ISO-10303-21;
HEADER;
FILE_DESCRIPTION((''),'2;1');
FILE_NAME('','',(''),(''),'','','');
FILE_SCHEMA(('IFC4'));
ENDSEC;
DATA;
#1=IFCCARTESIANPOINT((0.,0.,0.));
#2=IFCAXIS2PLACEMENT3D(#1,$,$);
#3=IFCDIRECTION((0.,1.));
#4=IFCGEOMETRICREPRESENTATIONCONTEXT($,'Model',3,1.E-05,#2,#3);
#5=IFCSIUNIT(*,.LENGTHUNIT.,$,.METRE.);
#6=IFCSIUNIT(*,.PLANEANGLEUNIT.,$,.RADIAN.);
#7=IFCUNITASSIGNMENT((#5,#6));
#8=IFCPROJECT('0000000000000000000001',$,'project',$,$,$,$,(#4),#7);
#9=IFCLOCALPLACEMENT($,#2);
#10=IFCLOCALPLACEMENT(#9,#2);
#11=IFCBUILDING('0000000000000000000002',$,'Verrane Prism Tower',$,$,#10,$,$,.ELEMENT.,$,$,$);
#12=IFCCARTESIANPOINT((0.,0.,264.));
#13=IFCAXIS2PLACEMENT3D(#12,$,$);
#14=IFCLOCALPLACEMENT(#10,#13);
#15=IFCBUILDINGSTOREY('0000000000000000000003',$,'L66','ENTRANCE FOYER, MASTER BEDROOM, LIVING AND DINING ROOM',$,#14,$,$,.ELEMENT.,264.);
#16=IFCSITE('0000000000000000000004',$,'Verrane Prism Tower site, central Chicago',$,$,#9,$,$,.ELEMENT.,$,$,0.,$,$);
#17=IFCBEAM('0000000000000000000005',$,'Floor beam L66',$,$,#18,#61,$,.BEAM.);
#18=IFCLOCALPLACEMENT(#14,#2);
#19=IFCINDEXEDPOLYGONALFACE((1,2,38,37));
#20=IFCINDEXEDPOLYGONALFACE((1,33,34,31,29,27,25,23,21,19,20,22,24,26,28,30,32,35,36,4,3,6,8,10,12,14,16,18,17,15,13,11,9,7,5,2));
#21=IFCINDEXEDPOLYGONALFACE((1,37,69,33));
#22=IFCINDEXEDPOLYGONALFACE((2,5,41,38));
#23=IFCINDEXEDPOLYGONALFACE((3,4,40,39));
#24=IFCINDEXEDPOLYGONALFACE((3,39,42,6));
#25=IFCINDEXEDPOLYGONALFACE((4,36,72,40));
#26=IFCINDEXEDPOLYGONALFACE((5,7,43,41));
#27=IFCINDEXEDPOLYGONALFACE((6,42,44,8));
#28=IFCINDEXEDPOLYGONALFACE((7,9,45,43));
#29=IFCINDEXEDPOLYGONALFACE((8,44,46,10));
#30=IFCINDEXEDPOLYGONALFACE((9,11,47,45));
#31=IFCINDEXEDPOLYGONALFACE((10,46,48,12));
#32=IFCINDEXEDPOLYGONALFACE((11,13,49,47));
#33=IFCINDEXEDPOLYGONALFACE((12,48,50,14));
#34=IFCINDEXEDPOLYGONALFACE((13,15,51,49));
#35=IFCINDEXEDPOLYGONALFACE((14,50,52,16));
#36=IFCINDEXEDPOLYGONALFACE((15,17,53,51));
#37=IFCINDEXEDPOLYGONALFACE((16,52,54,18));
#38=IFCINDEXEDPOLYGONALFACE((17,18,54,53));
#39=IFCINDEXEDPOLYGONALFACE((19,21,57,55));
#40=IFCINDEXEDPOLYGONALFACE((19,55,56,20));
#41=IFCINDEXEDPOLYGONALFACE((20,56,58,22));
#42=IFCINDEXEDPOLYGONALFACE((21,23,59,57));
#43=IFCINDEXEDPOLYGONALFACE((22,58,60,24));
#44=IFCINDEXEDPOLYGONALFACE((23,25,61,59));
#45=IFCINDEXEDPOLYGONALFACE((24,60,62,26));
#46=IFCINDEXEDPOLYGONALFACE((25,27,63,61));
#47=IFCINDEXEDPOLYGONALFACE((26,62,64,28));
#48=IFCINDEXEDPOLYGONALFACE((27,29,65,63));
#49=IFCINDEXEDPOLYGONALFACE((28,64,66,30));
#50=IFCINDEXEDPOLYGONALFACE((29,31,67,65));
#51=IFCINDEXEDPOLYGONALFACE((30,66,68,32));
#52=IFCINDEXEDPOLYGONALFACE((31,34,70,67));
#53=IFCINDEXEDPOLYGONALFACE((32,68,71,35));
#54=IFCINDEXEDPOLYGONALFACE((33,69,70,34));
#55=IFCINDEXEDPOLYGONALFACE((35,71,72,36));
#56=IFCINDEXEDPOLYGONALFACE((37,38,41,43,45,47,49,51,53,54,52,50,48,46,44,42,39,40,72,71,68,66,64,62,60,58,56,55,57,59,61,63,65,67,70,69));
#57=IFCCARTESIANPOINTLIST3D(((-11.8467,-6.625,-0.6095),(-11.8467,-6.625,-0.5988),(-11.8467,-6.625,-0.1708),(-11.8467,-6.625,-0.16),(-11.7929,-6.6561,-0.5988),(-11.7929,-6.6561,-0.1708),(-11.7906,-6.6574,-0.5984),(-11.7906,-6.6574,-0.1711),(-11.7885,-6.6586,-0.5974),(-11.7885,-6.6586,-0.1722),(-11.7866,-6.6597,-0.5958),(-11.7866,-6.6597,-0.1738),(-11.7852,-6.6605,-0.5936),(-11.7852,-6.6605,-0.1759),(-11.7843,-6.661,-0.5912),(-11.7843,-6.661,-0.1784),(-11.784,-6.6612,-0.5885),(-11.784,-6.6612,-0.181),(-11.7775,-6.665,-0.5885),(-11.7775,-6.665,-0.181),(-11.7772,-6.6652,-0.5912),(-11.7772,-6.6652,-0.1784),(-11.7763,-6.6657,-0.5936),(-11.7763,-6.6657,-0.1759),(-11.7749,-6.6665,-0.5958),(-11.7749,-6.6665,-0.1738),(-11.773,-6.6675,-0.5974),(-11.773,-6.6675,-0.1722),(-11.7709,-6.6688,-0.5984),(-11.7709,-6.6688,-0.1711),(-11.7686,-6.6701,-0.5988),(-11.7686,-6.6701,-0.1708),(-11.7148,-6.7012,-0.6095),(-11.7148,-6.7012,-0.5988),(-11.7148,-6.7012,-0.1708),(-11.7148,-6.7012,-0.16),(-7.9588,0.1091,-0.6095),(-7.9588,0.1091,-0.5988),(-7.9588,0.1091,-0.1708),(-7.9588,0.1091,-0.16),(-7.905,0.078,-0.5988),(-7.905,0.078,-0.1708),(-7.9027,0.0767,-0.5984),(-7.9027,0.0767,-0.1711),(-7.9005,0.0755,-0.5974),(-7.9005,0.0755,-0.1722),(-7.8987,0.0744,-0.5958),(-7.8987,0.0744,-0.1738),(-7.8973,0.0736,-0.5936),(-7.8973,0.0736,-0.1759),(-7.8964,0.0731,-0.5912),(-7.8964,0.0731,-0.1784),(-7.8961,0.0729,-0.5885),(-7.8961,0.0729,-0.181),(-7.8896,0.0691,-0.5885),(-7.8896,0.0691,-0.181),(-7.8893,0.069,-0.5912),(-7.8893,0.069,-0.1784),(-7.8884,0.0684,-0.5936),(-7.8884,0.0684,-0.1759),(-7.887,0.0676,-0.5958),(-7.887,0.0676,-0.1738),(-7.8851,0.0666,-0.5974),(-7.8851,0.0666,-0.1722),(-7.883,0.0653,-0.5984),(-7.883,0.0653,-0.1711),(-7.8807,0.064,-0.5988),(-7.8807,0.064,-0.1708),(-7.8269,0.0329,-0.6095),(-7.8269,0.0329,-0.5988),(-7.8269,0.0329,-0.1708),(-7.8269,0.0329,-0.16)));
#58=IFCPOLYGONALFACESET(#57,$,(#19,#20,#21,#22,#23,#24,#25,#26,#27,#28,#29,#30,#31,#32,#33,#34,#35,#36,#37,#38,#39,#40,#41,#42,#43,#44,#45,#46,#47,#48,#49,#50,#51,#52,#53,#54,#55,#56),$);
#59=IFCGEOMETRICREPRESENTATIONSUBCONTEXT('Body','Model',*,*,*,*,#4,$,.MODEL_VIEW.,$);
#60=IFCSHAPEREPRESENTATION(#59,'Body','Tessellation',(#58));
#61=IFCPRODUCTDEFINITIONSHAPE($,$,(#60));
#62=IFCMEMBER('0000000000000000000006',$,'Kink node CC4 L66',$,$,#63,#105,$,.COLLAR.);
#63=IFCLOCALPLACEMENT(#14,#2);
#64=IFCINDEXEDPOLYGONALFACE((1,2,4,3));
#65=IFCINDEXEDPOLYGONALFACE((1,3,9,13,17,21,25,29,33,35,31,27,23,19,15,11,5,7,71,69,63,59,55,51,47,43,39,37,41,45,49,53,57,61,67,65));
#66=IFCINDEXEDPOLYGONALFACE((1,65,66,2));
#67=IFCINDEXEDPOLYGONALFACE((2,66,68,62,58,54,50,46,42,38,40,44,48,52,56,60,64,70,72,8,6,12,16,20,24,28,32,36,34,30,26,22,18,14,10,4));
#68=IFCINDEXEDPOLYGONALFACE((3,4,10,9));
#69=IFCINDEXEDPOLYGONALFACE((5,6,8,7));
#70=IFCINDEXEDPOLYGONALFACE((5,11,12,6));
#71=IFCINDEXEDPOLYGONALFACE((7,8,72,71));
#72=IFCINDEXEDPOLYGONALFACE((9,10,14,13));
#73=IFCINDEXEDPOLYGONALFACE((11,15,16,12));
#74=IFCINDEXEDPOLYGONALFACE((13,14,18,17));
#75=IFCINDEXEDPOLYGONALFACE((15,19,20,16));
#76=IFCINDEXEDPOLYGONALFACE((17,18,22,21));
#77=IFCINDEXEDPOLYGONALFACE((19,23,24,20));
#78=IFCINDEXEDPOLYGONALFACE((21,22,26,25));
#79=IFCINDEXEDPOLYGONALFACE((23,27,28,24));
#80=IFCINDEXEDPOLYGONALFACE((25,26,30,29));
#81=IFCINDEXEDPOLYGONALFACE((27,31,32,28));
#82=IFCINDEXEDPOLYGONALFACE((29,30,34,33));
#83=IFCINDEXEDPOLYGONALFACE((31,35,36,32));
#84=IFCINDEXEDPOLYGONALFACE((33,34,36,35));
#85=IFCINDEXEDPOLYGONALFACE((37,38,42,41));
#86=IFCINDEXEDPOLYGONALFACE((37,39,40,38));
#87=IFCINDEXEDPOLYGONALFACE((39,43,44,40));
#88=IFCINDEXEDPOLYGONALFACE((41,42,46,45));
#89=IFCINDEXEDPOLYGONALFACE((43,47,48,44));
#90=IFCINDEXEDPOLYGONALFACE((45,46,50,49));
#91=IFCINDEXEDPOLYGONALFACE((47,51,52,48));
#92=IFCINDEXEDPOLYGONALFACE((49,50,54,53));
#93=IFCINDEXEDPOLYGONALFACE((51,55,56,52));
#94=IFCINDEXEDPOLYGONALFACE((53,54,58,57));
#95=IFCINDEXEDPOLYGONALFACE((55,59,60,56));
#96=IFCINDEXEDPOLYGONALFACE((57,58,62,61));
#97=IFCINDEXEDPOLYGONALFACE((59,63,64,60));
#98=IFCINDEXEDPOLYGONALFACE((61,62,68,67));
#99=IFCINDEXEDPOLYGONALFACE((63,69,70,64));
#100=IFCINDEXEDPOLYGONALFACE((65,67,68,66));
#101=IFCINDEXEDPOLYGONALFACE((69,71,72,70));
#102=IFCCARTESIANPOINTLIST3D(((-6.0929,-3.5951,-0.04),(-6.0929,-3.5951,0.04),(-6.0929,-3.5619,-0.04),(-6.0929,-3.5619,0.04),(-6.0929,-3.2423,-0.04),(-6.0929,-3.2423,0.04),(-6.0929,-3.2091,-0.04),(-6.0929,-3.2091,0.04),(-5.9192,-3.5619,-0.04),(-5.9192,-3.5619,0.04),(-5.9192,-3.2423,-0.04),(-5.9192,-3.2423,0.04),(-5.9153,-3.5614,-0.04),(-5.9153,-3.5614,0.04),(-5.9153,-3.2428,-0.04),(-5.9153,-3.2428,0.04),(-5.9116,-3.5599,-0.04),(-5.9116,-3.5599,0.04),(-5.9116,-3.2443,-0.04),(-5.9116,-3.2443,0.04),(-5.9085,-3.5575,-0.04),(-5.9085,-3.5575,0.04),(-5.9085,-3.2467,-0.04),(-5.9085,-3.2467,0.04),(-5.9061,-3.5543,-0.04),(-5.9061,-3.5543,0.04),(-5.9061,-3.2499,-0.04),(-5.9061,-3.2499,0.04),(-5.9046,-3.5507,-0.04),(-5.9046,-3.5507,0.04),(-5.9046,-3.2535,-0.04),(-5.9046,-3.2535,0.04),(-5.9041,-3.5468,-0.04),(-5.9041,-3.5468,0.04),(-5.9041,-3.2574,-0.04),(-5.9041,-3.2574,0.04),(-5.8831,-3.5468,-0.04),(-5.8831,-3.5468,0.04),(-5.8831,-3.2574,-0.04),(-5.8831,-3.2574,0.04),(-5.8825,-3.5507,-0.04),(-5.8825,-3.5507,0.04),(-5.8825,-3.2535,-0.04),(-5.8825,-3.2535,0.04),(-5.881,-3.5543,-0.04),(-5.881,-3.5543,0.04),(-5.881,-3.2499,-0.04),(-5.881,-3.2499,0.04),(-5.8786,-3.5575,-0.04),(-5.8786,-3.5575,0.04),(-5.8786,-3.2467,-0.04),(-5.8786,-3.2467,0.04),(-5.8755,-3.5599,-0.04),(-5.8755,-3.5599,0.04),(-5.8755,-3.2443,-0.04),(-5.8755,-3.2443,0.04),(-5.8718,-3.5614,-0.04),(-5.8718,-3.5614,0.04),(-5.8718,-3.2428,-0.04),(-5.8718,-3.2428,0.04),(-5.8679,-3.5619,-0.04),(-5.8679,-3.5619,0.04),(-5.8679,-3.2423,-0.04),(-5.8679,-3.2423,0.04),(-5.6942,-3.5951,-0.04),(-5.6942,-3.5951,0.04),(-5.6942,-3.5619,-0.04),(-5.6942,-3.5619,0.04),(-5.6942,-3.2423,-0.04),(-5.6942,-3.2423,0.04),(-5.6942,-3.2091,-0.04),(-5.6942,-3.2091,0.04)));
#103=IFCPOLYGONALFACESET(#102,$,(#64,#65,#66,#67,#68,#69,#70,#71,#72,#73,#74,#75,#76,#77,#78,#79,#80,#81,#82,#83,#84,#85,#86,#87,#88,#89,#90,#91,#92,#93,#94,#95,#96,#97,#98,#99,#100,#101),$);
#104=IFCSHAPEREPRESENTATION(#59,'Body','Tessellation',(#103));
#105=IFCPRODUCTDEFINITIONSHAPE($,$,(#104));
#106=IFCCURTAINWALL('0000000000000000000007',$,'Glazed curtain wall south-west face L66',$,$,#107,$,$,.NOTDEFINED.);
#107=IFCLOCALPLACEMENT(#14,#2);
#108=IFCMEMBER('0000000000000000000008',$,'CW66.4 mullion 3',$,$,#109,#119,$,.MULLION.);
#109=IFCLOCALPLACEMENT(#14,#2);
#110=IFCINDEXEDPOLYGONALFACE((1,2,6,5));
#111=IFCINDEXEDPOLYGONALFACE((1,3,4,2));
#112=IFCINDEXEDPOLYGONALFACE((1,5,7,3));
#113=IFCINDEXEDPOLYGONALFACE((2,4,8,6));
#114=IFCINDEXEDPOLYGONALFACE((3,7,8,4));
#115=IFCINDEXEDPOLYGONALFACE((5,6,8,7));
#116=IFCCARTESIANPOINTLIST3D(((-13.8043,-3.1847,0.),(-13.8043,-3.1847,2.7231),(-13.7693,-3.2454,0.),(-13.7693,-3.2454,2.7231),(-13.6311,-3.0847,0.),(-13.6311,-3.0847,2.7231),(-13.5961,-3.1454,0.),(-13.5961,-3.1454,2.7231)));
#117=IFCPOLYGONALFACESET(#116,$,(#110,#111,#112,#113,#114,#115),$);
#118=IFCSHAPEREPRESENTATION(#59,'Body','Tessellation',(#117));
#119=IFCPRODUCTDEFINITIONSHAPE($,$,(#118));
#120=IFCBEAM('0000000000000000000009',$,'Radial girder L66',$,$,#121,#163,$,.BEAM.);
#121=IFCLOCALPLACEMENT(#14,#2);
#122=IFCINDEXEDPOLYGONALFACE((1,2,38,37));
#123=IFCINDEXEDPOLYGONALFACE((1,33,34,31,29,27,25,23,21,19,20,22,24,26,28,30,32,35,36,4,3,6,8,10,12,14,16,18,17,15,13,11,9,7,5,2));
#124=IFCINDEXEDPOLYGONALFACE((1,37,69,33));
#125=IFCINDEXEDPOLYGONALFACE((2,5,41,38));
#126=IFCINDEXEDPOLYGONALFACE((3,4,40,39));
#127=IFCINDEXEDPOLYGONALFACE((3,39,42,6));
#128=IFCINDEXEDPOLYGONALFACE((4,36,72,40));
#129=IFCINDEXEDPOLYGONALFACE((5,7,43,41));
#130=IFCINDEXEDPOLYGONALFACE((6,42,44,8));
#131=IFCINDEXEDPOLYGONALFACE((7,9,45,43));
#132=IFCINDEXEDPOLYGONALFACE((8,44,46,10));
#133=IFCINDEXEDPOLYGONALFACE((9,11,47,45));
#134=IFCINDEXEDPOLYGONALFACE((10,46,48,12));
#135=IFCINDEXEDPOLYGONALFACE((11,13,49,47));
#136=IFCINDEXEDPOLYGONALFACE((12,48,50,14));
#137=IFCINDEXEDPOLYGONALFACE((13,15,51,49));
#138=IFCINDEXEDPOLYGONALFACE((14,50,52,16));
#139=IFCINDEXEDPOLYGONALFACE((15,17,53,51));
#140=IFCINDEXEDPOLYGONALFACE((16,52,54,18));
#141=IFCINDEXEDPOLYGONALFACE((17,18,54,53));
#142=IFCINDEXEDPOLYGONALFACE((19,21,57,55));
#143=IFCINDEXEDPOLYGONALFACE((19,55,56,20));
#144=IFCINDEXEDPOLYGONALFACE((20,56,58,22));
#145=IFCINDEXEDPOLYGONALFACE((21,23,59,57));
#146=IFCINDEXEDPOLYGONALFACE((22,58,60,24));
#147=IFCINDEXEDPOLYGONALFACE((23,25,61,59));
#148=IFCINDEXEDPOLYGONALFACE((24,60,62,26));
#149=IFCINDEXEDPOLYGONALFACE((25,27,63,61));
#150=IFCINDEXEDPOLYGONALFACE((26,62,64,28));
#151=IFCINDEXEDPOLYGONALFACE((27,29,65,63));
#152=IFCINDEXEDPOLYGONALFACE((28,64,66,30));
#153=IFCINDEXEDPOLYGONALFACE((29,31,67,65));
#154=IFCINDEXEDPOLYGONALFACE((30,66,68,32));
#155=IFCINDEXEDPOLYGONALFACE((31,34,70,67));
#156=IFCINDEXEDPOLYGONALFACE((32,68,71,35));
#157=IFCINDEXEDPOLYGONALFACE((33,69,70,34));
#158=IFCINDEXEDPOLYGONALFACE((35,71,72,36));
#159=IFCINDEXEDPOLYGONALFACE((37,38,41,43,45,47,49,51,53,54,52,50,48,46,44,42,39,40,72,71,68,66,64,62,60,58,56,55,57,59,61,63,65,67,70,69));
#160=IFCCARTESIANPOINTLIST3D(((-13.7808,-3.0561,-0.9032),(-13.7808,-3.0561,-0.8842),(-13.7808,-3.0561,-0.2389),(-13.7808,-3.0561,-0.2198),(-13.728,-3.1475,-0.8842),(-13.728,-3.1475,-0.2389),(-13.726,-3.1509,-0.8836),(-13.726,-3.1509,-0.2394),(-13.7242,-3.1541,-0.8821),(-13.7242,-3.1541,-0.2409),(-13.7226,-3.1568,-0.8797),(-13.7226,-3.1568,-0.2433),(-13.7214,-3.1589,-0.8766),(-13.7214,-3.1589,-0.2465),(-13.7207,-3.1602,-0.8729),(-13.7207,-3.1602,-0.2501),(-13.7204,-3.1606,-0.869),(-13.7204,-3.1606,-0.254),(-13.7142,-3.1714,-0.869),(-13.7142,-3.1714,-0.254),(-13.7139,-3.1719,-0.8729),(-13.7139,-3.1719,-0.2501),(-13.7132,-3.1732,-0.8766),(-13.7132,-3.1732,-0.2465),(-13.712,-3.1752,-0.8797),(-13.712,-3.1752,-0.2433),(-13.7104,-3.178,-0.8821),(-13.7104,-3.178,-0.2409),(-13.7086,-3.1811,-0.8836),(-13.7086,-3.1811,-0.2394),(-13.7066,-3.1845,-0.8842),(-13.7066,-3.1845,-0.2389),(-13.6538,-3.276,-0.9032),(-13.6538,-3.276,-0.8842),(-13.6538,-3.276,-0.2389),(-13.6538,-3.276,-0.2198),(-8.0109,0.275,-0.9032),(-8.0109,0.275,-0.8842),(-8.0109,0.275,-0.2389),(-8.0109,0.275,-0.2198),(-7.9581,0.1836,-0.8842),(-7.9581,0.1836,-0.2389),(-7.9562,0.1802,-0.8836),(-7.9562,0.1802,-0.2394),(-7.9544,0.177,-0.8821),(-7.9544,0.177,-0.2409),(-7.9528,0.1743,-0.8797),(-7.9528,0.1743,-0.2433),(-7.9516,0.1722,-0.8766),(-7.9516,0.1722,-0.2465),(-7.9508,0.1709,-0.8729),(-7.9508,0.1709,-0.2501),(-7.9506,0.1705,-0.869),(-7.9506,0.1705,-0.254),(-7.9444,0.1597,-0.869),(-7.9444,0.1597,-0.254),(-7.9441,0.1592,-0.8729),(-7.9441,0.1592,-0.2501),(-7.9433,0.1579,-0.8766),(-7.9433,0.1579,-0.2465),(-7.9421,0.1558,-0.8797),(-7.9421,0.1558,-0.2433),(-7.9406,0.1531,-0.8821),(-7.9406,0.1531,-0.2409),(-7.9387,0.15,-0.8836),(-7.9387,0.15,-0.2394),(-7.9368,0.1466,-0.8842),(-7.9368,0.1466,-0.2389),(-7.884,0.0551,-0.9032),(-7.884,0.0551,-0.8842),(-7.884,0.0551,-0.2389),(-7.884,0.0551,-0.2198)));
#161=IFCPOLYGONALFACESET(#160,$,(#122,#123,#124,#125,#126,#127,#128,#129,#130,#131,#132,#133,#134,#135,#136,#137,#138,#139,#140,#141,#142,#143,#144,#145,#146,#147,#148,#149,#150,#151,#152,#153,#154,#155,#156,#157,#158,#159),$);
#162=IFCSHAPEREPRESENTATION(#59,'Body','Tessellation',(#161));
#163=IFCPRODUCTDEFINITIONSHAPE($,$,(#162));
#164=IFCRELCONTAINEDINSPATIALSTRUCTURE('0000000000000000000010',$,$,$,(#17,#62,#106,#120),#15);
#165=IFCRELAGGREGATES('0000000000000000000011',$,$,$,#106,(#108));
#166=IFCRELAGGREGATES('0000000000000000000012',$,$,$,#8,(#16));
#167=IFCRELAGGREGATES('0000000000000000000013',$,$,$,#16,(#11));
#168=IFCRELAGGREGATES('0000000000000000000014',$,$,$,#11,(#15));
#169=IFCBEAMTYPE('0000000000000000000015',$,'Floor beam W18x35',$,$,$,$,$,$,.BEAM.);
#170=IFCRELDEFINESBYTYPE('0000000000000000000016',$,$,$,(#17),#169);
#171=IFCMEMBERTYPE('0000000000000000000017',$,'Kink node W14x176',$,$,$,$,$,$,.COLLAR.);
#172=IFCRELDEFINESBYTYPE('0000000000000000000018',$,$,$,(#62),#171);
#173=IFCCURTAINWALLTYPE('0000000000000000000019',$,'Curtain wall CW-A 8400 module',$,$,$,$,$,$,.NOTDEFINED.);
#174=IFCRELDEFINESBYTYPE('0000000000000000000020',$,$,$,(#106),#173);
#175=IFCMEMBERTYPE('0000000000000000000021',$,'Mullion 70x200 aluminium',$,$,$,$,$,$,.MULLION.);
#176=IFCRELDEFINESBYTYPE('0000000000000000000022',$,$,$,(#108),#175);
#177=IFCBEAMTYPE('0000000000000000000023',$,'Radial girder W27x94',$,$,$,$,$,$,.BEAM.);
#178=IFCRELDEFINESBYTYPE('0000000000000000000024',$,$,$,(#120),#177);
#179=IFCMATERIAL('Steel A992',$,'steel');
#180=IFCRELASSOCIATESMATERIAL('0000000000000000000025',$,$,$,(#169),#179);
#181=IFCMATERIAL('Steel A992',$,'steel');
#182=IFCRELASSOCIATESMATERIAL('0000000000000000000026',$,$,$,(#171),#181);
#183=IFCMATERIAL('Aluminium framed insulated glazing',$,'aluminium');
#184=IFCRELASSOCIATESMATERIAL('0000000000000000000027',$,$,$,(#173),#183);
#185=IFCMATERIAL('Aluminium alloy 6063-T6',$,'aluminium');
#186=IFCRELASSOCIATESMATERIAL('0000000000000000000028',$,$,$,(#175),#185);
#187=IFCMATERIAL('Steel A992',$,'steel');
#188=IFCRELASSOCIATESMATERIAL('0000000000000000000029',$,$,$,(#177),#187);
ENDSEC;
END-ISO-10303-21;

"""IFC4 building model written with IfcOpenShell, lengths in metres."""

from ifc_helpers import new_model, si_unit, direction, frame, origin, origin_2d, place, context, subcontext, project, spatial, rectangle, i_section, extrude, material, material_profile, profile_set, type_object, element, aggregate, save


model = new_model("IFC4")

# Units and contexts
model_context = context("Model", 3, precision=1e-05, world=origin(), true_north=direction((0.0, 1.0)))
body_context = subcontext(model_context, "Body", "Model", "MODEL_VIEW")
ifc_project = project(units=[si_unit("LENGTHUNIT", "METRE"), si_unit("PLANEANGLEUNIT", "RADIAN")], contexts=[model_context])

# Site, building, storey
site_placement = place(None, origin())
site = spatial("IfcSite", under=ifc_project, at=site_placement, Name="Verrane Prism Tower site, central Chicago", CompositionType="ELEMENT", RefElevation=0.0)
building_placement = place(site_placement, origin())
building = spatial("IfcBuilding", under=site, at=building_placement, Name="Verrane Prism Tower", CompositionType="ELEMENT")
storey_placement = place(building_placement, frame((0.0, 0.0, 264.0)))
storey = spatial("IfcBuildingStorey", under=building, at=storey_placement, Name="L66", Description="ENTRANCE FOYER, MASTER BEDROOM, LIVING AND DINING ROOM", CompositionType="ELEMENT", Elevation=264.0)

# Beam
ifc_material_1 = material(Name="Steel A992", Category="steel")
ifc_material_profile_1 = material_profile(ifc_material_1, i_section(OverallWidth=0.1523, OverallDepth=0.4495, WebThickness=0.0076, FlangeThickness=0.0107, FilletRadius=0.0103, at=origin_2d()), Name="W18x35")
ifc_profile_set_1 = profile_set([ifc_material_profile_1], Name="Steel A992")
beam_type_1 = type_object("IfcBeamType", Name="Floor beam W18x35", PredefinedType="BEAM", material=ifc_profile_set_1)
beam_1_placement = place(storey_placement, frame((-11.7808, -6.6631, -0.3848), z_axis=(0.499999, 0.866026, 0.0), x_axis=(-0.866026, 0.499999, 0.0)))
element("IfcBeam", 1, at=beam_1_placement, inside=storey, type_object=beam_type_1, Name="Floor beam L66", PredefinedType="BEAM", context=body_context, shape_type="SweptSolid", body=[
    extrude(i_section(OverallWidth=0.1523, OverallDepth=0.4495, WebThickness=0.0076, FlangeThickness=0.0107, FilletRadius=0.0103, at=origin_2d()), origin(), (0.0, 0.0, 1.0), 7.7759),
])

# Member
ifc_material_2 = material(Name="Steel A992", Category="steel")
ifc_material_profile_2 = material_profile(ifc_material_2, i_section(OverallWidth=0.3987, OverallDepth=0.386, WebThickness=0.021, FlangeThickness=0.0332, FilletRadius=0.0151, at=origin_2d()), Name="W14x176")
ifc_profile_set_2 = profile_set([ifc_material_profile_2], Name="Steel A992")
member_type_1 = type_object("IfcMemberType", Name="Kink node W14x176", PredefinedType="COLLAR", material=ifc_profile_set_2)
member_1_placement = place(storey_placement, frame((-5.8936, -3.4021, -0.04), z_axis=(0.0, 0.0, 1.0), x_axis=(1.0, 0.0, 0.0)))
element("IfcMember", 2, at=member_1_placement, inside=storey, type_object=member_type_1, Name="Kink node CC4 L66", PredefinedType="COLLAR", context=body_context, shape_type="SweptSolid", body=[
    extrude(i_section(OverallWidth=0.3987, OverallDepth=0.386, WebThickness=0.021, FlangeThickness=0.0332, FilletRadius=0.0151, at=origin_2d()), origin(), (0.0, 0.0, 1.0), 0.0801),
])

# Curtain wall, member
ifc_material_3 = material(Name="Aluminium framed insulated glazing", Category="aluminium")
curtain_wall_type = type_object("IfcCurtainWallType", Name="Curtain wall CW-A 8400 module", PredefinedType="NOTDEFINED", material=ifc_material_3)
curtain_wall_placement = place(storey_placement, origin())
curtain_wall = element("IfcCurtainWall", 3, at=curtain_wall_placement, inside=storey, type_object=curtain_wall_type, Name="Glazed curtain wall south-west face L66", PredefinedType="NOTDEFINED")
ifc_material_4 = material(Name="Aluminium alloy 6063-T6", Category="aluminium")
ifc_material_profile_3 = material_profile(ifc_material_4, rectangle(XDim=0.2, YDim=0.0701, at=origin_2d()), Name="Mullion 70x200 aluminium")
ifc_profile_set_3 = profile_set([ifc_material_profile_3], Name="Aluminium alloy 6063-T6")
member_type_2 = type_object("IfcMemberType", Name="Mullion 70x200 aluminium", PredefinedType="MULLION", material=ifc_profile_set_3)
member_2_placement = place(storey_placement, frame((-13.7002, -3.165, 0.0), z_axis=(0.0, 0.0, 1.0), x_axis=(0.866025, 0.500001, 0.0)))
member_2 = element("IfcMember", 4, at=member_2_placement, type_object=member_type_2, Name="CW66.4 mullion 3", PredefinedType="MULLION", context=body_context, shape_type="SweptSolid", body=[
    extrude(rectangle(XDim=0.2, YDim=0.0701, at=origin_2d()), origin(), (0.0, 0.0, 1.0), 2.7231),
])

# Beam
ifc_material_5 = material(Name="Steel A992", Category="steel")
ifc_material_profile_4 = material_profile(ifc_material_5, i_section(OverallWidth=0.2539, OverallDepth=0.6833, WebThickness=0.0125, FlangeThickness=0.019, FilletRadius=0.0151, at=origin_2d()), Name="W27x94")
ifc_profile_set_4 = profile_set([ifc_material_profile_4], Name="Steel A992")
beam_type_2 = type_object("IfcBeamType", Name="Radial girder W27x94", PredefinedType="BEAM", material=ifc_profile_set_4)
beam_2_placement = place(storey_placement, frame((-13.7173, -3.166, -0.5615), z_axis=(0.866034, 0.499986, 0.0), x_axis=(-0.499986, 0.866034, 0.0)))
element("IfcBeam", 5, at=beam_2_placement, inside=storey, type_object=beam_type_2, Name="Radial girder L66", PredefinedType="BEAM", context=body_context, shape_type="SweptSolid", body=[
    extrude(i_section(OverallWidth=0.2539, OverallDepth=0.6833, WebThickness=0.0125, FlangeThickness=0.019, FilletRadius=0.0151, at=origin_2d()), origin(), (0.0, 0.0, 1.0), 6.6624),
])

aggregate(curtain_wall, [member_2])

save(model, "model.ifc")
